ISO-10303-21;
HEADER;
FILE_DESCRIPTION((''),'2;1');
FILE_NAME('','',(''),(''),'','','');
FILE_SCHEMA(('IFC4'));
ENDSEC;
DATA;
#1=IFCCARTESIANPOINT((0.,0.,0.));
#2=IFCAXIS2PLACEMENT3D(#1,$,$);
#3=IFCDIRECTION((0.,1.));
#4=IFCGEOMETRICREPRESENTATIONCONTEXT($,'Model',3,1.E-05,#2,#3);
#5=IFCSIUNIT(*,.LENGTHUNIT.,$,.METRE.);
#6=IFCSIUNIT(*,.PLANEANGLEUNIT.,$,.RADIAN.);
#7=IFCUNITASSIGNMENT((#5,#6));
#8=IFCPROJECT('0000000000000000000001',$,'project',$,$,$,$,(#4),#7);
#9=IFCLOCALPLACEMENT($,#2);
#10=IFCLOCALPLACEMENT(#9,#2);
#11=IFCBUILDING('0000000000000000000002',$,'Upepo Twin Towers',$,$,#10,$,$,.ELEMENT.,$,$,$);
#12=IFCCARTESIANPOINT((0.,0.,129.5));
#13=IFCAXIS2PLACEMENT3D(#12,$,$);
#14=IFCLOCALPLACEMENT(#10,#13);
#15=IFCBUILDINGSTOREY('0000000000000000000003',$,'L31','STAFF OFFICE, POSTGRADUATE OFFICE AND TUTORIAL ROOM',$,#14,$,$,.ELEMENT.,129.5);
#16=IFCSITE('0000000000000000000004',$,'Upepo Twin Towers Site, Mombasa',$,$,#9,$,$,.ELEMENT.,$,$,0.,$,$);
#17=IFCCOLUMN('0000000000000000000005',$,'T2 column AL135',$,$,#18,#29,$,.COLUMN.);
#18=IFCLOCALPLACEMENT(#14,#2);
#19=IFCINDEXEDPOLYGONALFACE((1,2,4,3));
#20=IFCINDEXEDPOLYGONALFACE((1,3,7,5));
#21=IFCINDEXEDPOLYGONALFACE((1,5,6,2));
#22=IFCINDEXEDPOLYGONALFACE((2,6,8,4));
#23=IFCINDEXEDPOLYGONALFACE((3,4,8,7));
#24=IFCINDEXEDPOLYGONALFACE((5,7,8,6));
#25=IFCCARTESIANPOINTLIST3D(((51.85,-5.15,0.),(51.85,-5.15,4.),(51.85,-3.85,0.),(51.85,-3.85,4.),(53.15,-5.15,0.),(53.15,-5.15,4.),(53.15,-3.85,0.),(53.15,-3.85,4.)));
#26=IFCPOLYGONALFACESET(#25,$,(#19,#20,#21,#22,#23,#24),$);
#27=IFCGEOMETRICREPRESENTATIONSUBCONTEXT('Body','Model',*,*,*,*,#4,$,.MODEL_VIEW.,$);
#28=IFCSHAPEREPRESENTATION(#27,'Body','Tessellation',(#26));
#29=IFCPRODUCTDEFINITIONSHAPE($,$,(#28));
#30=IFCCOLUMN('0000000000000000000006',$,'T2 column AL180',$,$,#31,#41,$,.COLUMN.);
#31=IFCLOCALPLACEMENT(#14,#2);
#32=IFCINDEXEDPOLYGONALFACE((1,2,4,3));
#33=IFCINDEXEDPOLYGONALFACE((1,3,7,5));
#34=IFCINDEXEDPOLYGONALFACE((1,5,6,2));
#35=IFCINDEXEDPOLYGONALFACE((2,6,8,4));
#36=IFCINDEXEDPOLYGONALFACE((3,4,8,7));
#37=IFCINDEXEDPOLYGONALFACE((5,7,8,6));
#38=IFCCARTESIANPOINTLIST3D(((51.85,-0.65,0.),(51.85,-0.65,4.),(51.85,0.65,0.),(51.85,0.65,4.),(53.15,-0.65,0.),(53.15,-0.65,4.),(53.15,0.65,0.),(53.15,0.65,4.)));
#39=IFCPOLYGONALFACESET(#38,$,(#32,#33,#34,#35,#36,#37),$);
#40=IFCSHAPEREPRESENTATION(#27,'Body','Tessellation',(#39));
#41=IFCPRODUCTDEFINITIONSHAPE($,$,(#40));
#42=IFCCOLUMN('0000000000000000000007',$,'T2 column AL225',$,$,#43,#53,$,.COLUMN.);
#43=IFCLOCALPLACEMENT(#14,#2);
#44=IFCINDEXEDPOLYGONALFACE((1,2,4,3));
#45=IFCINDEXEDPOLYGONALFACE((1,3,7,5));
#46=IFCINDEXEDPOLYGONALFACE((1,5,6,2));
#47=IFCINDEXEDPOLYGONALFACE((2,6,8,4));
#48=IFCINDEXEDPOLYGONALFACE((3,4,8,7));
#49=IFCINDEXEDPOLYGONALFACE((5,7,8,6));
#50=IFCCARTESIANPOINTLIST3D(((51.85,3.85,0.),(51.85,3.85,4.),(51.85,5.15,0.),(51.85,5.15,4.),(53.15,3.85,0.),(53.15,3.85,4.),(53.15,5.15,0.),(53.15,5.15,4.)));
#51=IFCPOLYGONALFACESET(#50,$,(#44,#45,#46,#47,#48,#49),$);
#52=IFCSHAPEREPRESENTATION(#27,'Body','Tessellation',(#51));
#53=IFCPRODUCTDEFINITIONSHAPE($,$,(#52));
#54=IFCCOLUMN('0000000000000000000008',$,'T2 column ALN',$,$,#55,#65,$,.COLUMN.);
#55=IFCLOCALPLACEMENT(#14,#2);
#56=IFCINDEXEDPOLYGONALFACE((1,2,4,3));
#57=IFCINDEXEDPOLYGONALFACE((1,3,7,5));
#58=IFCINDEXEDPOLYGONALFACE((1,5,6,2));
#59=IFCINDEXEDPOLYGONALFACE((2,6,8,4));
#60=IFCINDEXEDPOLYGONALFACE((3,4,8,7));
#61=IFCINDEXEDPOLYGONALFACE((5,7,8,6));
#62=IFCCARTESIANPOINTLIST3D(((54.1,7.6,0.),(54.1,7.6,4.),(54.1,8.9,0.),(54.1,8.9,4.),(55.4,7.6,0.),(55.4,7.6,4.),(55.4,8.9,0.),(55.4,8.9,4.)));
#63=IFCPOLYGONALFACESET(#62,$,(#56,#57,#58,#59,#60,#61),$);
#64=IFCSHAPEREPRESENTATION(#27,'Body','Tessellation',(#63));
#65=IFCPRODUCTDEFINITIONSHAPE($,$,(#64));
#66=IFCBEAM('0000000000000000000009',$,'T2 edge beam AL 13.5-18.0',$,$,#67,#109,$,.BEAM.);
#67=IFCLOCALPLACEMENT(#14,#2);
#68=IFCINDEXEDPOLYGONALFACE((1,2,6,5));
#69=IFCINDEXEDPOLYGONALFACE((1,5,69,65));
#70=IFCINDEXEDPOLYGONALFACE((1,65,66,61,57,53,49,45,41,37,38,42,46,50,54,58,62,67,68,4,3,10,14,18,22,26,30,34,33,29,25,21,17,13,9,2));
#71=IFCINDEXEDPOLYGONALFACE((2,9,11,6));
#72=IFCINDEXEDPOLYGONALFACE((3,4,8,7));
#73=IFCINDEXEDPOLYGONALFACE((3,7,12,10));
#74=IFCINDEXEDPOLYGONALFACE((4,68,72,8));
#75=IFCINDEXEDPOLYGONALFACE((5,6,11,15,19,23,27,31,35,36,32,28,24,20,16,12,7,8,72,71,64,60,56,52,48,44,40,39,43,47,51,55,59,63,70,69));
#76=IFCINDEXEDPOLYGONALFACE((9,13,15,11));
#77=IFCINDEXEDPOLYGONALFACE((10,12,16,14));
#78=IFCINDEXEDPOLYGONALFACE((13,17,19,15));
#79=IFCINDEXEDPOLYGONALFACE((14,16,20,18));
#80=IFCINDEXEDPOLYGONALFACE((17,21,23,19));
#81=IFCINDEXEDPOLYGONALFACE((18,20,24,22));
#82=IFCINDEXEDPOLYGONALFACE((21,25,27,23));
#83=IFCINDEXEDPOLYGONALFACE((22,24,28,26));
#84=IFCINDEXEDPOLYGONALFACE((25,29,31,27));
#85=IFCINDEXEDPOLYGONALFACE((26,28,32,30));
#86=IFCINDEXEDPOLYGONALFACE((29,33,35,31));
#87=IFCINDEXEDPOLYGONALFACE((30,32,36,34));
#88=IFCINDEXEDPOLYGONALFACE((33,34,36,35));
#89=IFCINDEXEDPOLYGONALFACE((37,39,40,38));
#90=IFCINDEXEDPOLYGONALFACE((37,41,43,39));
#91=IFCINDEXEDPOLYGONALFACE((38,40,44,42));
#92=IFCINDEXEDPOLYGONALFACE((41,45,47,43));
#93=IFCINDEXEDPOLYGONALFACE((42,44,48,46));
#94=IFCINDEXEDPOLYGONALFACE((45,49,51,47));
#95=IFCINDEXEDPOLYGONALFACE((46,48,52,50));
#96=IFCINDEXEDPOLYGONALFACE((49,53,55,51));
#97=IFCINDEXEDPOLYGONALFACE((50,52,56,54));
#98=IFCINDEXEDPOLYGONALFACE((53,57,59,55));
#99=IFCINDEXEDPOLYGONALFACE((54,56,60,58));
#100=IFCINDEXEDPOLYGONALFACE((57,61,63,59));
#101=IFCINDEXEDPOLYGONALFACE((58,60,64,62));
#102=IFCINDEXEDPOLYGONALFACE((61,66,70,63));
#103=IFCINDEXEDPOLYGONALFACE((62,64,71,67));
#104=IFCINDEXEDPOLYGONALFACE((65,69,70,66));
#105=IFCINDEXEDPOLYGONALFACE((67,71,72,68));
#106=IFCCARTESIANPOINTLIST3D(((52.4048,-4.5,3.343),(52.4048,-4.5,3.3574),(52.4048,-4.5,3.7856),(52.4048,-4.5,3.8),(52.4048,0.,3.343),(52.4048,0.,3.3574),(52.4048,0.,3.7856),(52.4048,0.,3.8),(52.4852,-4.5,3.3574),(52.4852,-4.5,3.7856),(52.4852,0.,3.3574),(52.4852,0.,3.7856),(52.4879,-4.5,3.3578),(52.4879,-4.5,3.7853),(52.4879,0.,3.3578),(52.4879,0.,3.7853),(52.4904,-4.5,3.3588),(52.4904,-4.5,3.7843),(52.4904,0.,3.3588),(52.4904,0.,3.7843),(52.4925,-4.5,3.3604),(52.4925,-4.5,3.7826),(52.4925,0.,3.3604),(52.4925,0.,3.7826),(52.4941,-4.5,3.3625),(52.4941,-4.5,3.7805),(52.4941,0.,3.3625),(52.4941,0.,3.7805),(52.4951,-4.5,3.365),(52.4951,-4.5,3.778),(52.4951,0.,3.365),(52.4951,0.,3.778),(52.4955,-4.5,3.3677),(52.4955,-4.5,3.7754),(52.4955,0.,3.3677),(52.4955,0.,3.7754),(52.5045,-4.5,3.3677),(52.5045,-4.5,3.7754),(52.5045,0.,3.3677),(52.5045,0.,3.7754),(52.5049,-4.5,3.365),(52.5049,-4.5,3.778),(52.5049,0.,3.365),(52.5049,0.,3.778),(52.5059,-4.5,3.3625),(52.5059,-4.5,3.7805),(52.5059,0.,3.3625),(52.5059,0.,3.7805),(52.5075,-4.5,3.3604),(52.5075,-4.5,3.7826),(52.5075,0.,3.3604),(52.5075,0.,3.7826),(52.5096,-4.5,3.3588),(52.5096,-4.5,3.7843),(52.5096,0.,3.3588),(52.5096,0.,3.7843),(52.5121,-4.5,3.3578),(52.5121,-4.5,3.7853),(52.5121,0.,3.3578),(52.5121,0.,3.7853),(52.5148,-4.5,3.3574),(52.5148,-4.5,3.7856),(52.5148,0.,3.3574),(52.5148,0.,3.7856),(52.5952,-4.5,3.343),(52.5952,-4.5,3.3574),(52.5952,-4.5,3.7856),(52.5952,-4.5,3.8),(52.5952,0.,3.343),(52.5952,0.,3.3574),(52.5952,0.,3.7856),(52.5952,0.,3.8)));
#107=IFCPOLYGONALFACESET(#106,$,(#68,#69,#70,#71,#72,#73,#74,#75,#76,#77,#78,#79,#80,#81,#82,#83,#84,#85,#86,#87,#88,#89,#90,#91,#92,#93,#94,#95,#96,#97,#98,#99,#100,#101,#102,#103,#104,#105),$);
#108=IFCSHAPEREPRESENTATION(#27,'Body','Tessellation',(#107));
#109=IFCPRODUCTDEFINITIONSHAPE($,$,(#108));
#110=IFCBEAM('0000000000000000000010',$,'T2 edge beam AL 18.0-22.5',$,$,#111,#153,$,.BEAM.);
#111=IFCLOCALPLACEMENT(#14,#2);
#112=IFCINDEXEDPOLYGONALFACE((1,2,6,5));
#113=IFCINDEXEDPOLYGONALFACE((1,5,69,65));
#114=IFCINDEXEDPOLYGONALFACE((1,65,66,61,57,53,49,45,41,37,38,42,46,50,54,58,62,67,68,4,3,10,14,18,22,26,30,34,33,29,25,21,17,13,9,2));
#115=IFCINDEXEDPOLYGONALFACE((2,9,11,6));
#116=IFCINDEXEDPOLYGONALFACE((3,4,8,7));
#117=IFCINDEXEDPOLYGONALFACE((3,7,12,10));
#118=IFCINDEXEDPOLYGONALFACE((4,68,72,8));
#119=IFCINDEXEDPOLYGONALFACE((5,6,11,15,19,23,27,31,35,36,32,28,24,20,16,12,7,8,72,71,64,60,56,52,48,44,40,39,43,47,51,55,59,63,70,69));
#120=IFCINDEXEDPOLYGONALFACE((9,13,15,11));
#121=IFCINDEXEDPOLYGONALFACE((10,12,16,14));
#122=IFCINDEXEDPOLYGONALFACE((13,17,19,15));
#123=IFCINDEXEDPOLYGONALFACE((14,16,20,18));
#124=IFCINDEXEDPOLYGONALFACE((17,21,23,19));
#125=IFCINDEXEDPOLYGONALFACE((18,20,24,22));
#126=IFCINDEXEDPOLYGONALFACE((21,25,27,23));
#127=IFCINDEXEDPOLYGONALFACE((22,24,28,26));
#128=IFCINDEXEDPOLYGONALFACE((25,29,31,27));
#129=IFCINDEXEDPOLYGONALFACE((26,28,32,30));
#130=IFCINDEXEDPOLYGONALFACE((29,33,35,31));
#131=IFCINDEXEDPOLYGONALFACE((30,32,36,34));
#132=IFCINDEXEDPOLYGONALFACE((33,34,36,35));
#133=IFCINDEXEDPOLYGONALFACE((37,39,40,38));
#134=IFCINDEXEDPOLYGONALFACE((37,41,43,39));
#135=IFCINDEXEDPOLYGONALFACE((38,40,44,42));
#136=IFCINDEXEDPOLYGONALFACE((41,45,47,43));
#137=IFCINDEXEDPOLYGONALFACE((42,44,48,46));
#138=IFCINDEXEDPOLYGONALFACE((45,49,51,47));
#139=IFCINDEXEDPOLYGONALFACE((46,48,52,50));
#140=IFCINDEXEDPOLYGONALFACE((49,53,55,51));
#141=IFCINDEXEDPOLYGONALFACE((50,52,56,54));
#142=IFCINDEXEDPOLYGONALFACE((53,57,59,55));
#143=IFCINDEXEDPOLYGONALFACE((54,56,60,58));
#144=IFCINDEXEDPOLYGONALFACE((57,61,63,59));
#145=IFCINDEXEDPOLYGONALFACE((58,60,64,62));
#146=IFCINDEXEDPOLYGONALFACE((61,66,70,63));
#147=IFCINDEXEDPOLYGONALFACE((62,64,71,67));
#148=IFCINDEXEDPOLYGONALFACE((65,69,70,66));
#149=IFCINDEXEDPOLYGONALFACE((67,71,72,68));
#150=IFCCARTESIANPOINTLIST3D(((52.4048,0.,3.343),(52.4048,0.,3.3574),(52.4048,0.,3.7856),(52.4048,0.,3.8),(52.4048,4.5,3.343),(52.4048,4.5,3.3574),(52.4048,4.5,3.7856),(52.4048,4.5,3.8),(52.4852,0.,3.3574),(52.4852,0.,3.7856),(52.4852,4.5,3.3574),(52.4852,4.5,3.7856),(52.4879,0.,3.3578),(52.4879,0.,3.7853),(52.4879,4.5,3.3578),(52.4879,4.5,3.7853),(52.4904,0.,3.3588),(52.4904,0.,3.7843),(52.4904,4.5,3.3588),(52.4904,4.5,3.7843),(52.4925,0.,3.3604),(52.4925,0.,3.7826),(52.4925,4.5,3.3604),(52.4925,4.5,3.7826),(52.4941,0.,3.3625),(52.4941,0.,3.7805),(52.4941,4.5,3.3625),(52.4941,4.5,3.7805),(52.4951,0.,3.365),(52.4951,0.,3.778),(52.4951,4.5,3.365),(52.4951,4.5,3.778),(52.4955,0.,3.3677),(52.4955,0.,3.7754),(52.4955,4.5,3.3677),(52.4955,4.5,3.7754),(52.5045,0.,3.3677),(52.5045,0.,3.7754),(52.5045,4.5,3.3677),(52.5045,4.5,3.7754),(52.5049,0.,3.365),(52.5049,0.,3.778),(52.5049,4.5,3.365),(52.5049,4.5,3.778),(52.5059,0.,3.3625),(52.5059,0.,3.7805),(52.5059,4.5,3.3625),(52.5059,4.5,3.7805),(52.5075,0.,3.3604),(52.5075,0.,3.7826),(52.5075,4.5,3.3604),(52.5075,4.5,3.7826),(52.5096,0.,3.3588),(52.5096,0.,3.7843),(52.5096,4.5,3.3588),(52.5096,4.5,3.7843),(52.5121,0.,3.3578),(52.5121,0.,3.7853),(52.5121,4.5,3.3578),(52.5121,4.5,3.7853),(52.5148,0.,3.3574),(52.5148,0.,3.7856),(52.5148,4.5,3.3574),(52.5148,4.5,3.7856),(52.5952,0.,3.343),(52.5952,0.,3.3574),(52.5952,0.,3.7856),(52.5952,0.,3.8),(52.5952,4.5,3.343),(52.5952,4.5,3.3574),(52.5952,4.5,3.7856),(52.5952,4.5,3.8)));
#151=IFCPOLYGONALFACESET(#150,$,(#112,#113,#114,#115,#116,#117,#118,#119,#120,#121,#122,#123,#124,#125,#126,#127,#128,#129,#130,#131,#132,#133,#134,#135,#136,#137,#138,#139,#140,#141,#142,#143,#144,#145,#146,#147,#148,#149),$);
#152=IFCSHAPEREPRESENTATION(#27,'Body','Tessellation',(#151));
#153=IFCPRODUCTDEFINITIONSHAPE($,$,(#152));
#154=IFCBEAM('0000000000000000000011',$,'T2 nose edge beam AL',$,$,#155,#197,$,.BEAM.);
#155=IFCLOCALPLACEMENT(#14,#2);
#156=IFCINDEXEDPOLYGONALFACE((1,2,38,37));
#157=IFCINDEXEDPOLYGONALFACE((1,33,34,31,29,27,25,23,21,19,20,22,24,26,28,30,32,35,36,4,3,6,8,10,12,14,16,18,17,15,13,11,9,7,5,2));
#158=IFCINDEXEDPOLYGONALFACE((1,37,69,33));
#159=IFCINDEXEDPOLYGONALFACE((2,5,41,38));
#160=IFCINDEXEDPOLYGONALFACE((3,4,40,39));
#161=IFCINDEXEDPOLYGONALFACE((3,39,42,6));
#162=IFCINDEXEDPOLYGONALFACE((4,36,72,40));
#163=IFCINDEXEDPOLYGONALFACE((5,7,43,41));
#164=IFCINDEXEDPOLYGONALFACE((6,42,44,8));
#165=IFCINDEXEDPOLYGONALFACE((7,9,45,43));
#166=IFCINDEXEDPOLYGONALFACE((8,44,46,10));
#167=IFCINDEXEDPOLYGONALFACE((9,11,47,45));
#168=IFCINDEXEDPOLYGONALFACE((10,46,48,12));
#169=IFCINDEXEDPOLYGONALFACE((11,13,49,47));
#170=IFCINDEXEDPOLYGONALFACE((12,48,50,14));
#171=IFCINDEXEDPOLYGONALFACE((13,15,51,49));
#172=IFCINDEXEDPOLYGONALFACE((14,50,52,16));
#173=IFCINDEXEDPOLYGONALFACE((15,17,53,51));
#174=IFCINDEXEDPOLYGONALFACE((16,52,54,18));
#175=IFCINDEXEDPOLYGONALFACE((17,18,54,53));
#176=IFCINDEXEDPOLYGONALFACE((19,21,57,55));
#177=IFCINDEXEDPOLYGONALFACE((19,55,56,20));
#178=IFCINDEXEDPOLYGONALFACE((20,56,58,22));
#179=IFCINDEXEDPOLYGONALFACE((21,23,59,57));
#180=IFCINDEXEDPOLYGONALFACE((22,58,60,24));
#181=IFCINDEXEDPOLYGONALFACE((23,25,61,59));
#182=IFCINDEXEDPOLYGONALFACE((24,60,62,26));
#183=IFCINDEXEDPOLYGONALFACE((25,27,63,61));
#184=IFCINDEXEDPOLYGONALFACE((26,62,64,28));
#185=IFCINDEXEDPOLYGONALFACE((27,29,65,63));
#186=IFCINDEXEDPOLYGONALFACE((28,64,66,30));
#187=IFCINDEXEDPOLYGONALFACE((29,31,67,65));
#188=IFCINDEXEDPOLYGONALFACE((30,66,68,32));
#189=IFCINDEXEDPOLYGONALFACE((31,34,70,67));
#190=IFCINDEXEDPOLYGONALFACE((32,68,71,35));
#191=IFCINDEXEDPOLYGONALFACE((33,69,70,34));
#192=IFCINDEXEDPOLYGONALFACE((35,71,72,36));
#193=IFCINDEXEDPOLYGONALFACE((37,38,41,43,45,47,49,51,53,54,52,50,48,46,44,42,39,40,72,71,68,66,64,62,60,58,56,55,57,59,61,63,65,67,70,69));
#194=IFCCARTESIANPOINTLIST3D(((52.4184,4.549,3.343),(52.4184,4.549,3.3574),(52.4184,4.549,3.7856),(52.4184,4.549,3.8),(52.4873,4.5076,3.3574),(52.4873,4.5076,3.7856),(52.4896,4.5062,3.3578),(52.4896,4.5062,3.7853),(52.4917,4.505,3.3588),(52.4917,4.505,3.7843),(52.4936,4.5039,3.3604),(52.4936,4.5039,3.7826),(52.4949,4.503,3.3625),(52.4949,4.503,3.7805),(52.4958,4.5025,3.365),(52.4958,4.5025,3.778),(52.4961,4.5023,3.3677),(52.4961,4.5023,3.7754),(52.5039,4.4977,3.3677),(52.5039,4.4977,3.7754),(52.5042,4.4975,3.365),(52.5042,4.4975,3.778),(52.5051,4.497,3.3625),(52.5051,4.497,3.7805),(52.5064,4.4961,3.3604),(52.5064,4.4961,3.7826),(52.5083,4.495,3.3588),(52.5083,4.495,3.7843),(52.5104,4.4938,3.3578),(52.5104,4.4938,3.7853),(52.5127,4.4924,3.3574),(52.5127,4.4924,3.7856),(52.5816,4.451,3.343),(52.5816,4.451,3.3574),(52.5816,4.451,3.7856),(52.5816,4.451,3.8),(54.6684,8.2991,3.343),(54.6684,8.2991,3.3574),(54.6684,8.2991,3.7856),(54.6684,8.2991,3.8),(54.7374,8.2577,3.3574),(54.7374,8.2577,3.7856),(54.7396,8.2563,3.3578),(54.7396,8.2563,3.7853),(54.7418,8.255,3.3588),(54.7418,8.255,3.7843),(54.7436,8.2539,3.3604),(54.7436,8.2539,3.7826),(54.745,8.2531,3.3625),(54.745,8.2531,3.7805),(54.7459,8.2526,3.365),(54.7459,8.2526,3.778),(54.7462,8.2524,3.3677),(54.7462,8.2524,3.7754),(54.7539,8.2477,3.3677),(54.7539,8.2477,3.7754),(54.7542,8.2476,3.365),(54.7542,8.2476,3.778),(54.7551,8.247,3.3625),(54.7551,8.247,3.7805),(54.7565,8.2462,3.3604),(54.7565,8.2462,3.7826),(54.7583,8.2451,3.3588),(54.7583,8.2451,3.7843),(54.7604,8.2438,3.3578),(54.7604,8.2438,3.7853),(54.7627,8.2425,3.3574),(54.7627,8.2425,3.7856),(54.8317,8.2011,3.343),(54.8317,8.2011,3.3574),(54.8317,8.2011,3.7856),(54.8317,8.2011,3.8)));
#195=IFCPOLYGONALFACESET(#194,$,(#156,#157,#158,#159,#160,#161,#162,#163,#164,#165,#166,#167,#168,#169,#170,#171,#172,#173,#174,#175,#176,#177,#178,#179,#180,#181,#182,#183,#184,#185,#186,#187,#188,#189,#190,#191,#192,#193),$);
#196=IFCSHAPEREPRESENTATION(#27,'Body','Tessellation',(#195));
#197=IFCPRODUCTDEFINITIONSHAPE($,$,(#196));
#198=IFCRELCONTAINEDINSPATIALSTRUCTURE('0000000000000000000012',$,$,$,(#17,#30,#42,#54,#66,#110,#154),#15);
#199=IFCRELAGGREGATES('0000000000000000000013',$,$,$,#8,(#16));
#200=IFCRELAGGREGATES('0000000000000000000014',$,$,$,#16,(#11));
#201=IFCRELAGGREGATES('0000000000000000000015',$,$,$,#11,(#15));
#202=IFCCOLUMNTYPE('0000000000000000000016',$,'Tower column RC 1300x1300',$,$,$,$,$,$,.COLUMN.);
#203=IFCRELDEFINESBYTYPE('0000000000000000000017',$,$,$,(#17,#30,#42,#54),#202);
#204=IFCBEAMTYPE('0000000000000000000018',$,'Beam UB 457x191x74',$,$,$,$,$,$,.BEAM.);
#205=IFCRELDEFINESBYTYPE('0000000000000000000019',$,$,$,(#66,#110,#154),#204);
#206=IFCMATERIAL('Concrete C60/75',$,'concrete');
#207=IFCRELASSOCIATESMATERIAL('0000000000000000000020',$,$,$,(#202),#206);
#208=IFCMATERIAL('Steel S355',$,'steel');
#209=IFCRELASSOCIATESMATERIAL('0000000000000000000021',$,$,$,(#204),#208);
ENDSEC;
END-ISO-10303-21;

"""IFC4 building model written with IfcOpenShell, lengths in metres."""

from ifc_helpers import new_model, si_unit, direction, frame, origin, origin_2d, place, context, subcontext, project, spatial, rectangle, i_section, extrude, material, material_profile, profile_set, type_object, element, save


model = new_model("IFC4")

# Units and contexts
model_context = context("Model", 3, precision=1e-05, world=origin(), true_north=direction((0.0, 1.0)))
body_context = subcontext(model_context, "Body", "Model", "MODEL_VIEW")
ifc_project = project(units=[si_unit("LENGTHUNIT", "METRE"), si_unit("PLANEANGLEUNIT", "RADIAN")], contexts=[model_context])

# Site, building, storey
site_placement = place(None, origin())
site = spatial("IfcSite", under=ifc_project, at=site_placement, Name="Upepo Twin Towers Site, Mombasa", CompositionType="ELEMENT", RefElevation=0.0)
building_placement = place(site_placement, origin())
building = spatial("IfcBuilding", under=site, at=building_placement, Name="Upepo Twin Towers", CompositionType="ELEMENT")
storey_placement = place(building_placement, frame((0.0, 0.0, 129.5)))
storey = spatial("IfcBuildingStorey", under=building, at=storey_placement, Name="L31", Description="STAFF OFFICE, POSTGRADUATE OFFICE AND TUTORIAL ROOM", CompositionType="ELEMENT", Elevation=129.5)

# Columns
ifc_material_1 = material(Name="Concrete C60/75", Category="concrete")
ifc_material_profile_1 = material_profile(ifc_material_1, rectangle(XDim=1.3, YDim=1.3, at=origin_2d()), Name="RC 1300x1300")
ifc_profile_set_1 = profile_set([ifc_material_profile_1], Name="Concrete C60/75")
column_type = type_object("IfcColumnType", Name="Tower column RC 1300x1300", PredefinedType="COLUMN", material=ifc_profile_set_1)
for number, where, z_axis, x_axis, name in (
    (1, (52.5, -4.5, 0.0), (0.0, 0.0, 1.0), (1.0, 0.0, 0.0), "T2 column AL135"),
    (2, (52.5, 0.0, 0.0), (0.0, 0.0, 1.0), (1.0, 0.0, 0.0), "T2 column AL180"),
    (3, (52.5, 4.5, 0.0), (0.0, 0.0, 1.0), (1.0, 0.0, 0.0), "T2 column AL225"),
    (4, (54.75, 8.25, 0.0), (0.0, 0.0, 1.0), (1.0, 0.0, 0.0), "T2 column ALN"),
):
    element("IfcColumn", number, at=place(storey_placement, frame(where, z_axis=z_axis, x_axis=x_axis)), inside=storey, type_object=column_type, Name=name, PredefinedType="COLUMN", context=body_context, shape_type="SweptSolid", body=[
        extrude(rectangle(XDim=1.3, YDim=1.3, at=origin_2d()), origin(), (0.0, 0.0, 1.0), 4.0),
    ])

# Beams
ifc_material_2 = material(Name="Steel S355", Category="steel")
ifc_material_profile_2 = material_profile(ifc_material_2, i_section(OverallWidth=0.1904, OverallDepth=0.457, WebThickness=0.009, FlangeThickness=0.0144, FilletRadius=0.0103, at=origin_2d()), Name="UB 457x191x74")
ifc_profile_set_2 = profile_set([ifc_material_profile_2], Name="Steel S355")
beam_type_1 = type_object("IfcBeamType", Name="Beam UB 457x191x74", PredefinedType="BEAM", material=ifc_profile_set_2)
for number, where, z_axis, x_axis, name in (
    (5, (52.5, -4.5, 3.5715), (0.0, 1.0, 0.0), (-1.0, 0.0, 0.0), "T2 edge beam AL 13.5-18.0"),
    (6, (52.5, 0.0, 3.5715), (0.0, 1.0, 0.0), (-1.0, 0.0, 0.0), "T2 edge beam AL 18.0-22.5"),
):
    element("IfcBeam", number, at=place(storey_placement, frame(where, z_axis=z_axis, x_axis=x_axis)), inside=storey, type_object=beam_type_1, Name=name, PredefinedType="BEAM", context=body_context, shape_type="SweptSolid", body=[
        extrude(i_section(OverallWidth=0.1904, OverallDepth=0.457, WebThickness=0.009, FlangeThickness=0.0144, FilletRadius=0.0103, at=origin_2d()), origin(), (0.0, 0.0, 1.0), 4.5),
    ])
beam_1_placement = place(storey_placement, frame((52.5, 4.5, 3.5715), z_axis=(0.514496, 0.857493, 0.0), x_axis=(-0.857493, 0.514496, 0.0)))
element("IfcBeam", 7, at=beam_1_placement, inside=storey, type_object=beam_type_1, Name="T2 nose edge beam AL", PredefinedType="BEAM", context=body_context, shape_type="SweptSolid", body=[
    extrude(i_section(OverallWidth=0.1904, OverallDepth=0.457, WebThickness=0.009, FlangeThickness=0.0144, FilletRadius=0.0103, at=origin_2d()), origin(), (0.0, 0.0, 1.0), 4.3733),
])

save(model, "model.ifc")
